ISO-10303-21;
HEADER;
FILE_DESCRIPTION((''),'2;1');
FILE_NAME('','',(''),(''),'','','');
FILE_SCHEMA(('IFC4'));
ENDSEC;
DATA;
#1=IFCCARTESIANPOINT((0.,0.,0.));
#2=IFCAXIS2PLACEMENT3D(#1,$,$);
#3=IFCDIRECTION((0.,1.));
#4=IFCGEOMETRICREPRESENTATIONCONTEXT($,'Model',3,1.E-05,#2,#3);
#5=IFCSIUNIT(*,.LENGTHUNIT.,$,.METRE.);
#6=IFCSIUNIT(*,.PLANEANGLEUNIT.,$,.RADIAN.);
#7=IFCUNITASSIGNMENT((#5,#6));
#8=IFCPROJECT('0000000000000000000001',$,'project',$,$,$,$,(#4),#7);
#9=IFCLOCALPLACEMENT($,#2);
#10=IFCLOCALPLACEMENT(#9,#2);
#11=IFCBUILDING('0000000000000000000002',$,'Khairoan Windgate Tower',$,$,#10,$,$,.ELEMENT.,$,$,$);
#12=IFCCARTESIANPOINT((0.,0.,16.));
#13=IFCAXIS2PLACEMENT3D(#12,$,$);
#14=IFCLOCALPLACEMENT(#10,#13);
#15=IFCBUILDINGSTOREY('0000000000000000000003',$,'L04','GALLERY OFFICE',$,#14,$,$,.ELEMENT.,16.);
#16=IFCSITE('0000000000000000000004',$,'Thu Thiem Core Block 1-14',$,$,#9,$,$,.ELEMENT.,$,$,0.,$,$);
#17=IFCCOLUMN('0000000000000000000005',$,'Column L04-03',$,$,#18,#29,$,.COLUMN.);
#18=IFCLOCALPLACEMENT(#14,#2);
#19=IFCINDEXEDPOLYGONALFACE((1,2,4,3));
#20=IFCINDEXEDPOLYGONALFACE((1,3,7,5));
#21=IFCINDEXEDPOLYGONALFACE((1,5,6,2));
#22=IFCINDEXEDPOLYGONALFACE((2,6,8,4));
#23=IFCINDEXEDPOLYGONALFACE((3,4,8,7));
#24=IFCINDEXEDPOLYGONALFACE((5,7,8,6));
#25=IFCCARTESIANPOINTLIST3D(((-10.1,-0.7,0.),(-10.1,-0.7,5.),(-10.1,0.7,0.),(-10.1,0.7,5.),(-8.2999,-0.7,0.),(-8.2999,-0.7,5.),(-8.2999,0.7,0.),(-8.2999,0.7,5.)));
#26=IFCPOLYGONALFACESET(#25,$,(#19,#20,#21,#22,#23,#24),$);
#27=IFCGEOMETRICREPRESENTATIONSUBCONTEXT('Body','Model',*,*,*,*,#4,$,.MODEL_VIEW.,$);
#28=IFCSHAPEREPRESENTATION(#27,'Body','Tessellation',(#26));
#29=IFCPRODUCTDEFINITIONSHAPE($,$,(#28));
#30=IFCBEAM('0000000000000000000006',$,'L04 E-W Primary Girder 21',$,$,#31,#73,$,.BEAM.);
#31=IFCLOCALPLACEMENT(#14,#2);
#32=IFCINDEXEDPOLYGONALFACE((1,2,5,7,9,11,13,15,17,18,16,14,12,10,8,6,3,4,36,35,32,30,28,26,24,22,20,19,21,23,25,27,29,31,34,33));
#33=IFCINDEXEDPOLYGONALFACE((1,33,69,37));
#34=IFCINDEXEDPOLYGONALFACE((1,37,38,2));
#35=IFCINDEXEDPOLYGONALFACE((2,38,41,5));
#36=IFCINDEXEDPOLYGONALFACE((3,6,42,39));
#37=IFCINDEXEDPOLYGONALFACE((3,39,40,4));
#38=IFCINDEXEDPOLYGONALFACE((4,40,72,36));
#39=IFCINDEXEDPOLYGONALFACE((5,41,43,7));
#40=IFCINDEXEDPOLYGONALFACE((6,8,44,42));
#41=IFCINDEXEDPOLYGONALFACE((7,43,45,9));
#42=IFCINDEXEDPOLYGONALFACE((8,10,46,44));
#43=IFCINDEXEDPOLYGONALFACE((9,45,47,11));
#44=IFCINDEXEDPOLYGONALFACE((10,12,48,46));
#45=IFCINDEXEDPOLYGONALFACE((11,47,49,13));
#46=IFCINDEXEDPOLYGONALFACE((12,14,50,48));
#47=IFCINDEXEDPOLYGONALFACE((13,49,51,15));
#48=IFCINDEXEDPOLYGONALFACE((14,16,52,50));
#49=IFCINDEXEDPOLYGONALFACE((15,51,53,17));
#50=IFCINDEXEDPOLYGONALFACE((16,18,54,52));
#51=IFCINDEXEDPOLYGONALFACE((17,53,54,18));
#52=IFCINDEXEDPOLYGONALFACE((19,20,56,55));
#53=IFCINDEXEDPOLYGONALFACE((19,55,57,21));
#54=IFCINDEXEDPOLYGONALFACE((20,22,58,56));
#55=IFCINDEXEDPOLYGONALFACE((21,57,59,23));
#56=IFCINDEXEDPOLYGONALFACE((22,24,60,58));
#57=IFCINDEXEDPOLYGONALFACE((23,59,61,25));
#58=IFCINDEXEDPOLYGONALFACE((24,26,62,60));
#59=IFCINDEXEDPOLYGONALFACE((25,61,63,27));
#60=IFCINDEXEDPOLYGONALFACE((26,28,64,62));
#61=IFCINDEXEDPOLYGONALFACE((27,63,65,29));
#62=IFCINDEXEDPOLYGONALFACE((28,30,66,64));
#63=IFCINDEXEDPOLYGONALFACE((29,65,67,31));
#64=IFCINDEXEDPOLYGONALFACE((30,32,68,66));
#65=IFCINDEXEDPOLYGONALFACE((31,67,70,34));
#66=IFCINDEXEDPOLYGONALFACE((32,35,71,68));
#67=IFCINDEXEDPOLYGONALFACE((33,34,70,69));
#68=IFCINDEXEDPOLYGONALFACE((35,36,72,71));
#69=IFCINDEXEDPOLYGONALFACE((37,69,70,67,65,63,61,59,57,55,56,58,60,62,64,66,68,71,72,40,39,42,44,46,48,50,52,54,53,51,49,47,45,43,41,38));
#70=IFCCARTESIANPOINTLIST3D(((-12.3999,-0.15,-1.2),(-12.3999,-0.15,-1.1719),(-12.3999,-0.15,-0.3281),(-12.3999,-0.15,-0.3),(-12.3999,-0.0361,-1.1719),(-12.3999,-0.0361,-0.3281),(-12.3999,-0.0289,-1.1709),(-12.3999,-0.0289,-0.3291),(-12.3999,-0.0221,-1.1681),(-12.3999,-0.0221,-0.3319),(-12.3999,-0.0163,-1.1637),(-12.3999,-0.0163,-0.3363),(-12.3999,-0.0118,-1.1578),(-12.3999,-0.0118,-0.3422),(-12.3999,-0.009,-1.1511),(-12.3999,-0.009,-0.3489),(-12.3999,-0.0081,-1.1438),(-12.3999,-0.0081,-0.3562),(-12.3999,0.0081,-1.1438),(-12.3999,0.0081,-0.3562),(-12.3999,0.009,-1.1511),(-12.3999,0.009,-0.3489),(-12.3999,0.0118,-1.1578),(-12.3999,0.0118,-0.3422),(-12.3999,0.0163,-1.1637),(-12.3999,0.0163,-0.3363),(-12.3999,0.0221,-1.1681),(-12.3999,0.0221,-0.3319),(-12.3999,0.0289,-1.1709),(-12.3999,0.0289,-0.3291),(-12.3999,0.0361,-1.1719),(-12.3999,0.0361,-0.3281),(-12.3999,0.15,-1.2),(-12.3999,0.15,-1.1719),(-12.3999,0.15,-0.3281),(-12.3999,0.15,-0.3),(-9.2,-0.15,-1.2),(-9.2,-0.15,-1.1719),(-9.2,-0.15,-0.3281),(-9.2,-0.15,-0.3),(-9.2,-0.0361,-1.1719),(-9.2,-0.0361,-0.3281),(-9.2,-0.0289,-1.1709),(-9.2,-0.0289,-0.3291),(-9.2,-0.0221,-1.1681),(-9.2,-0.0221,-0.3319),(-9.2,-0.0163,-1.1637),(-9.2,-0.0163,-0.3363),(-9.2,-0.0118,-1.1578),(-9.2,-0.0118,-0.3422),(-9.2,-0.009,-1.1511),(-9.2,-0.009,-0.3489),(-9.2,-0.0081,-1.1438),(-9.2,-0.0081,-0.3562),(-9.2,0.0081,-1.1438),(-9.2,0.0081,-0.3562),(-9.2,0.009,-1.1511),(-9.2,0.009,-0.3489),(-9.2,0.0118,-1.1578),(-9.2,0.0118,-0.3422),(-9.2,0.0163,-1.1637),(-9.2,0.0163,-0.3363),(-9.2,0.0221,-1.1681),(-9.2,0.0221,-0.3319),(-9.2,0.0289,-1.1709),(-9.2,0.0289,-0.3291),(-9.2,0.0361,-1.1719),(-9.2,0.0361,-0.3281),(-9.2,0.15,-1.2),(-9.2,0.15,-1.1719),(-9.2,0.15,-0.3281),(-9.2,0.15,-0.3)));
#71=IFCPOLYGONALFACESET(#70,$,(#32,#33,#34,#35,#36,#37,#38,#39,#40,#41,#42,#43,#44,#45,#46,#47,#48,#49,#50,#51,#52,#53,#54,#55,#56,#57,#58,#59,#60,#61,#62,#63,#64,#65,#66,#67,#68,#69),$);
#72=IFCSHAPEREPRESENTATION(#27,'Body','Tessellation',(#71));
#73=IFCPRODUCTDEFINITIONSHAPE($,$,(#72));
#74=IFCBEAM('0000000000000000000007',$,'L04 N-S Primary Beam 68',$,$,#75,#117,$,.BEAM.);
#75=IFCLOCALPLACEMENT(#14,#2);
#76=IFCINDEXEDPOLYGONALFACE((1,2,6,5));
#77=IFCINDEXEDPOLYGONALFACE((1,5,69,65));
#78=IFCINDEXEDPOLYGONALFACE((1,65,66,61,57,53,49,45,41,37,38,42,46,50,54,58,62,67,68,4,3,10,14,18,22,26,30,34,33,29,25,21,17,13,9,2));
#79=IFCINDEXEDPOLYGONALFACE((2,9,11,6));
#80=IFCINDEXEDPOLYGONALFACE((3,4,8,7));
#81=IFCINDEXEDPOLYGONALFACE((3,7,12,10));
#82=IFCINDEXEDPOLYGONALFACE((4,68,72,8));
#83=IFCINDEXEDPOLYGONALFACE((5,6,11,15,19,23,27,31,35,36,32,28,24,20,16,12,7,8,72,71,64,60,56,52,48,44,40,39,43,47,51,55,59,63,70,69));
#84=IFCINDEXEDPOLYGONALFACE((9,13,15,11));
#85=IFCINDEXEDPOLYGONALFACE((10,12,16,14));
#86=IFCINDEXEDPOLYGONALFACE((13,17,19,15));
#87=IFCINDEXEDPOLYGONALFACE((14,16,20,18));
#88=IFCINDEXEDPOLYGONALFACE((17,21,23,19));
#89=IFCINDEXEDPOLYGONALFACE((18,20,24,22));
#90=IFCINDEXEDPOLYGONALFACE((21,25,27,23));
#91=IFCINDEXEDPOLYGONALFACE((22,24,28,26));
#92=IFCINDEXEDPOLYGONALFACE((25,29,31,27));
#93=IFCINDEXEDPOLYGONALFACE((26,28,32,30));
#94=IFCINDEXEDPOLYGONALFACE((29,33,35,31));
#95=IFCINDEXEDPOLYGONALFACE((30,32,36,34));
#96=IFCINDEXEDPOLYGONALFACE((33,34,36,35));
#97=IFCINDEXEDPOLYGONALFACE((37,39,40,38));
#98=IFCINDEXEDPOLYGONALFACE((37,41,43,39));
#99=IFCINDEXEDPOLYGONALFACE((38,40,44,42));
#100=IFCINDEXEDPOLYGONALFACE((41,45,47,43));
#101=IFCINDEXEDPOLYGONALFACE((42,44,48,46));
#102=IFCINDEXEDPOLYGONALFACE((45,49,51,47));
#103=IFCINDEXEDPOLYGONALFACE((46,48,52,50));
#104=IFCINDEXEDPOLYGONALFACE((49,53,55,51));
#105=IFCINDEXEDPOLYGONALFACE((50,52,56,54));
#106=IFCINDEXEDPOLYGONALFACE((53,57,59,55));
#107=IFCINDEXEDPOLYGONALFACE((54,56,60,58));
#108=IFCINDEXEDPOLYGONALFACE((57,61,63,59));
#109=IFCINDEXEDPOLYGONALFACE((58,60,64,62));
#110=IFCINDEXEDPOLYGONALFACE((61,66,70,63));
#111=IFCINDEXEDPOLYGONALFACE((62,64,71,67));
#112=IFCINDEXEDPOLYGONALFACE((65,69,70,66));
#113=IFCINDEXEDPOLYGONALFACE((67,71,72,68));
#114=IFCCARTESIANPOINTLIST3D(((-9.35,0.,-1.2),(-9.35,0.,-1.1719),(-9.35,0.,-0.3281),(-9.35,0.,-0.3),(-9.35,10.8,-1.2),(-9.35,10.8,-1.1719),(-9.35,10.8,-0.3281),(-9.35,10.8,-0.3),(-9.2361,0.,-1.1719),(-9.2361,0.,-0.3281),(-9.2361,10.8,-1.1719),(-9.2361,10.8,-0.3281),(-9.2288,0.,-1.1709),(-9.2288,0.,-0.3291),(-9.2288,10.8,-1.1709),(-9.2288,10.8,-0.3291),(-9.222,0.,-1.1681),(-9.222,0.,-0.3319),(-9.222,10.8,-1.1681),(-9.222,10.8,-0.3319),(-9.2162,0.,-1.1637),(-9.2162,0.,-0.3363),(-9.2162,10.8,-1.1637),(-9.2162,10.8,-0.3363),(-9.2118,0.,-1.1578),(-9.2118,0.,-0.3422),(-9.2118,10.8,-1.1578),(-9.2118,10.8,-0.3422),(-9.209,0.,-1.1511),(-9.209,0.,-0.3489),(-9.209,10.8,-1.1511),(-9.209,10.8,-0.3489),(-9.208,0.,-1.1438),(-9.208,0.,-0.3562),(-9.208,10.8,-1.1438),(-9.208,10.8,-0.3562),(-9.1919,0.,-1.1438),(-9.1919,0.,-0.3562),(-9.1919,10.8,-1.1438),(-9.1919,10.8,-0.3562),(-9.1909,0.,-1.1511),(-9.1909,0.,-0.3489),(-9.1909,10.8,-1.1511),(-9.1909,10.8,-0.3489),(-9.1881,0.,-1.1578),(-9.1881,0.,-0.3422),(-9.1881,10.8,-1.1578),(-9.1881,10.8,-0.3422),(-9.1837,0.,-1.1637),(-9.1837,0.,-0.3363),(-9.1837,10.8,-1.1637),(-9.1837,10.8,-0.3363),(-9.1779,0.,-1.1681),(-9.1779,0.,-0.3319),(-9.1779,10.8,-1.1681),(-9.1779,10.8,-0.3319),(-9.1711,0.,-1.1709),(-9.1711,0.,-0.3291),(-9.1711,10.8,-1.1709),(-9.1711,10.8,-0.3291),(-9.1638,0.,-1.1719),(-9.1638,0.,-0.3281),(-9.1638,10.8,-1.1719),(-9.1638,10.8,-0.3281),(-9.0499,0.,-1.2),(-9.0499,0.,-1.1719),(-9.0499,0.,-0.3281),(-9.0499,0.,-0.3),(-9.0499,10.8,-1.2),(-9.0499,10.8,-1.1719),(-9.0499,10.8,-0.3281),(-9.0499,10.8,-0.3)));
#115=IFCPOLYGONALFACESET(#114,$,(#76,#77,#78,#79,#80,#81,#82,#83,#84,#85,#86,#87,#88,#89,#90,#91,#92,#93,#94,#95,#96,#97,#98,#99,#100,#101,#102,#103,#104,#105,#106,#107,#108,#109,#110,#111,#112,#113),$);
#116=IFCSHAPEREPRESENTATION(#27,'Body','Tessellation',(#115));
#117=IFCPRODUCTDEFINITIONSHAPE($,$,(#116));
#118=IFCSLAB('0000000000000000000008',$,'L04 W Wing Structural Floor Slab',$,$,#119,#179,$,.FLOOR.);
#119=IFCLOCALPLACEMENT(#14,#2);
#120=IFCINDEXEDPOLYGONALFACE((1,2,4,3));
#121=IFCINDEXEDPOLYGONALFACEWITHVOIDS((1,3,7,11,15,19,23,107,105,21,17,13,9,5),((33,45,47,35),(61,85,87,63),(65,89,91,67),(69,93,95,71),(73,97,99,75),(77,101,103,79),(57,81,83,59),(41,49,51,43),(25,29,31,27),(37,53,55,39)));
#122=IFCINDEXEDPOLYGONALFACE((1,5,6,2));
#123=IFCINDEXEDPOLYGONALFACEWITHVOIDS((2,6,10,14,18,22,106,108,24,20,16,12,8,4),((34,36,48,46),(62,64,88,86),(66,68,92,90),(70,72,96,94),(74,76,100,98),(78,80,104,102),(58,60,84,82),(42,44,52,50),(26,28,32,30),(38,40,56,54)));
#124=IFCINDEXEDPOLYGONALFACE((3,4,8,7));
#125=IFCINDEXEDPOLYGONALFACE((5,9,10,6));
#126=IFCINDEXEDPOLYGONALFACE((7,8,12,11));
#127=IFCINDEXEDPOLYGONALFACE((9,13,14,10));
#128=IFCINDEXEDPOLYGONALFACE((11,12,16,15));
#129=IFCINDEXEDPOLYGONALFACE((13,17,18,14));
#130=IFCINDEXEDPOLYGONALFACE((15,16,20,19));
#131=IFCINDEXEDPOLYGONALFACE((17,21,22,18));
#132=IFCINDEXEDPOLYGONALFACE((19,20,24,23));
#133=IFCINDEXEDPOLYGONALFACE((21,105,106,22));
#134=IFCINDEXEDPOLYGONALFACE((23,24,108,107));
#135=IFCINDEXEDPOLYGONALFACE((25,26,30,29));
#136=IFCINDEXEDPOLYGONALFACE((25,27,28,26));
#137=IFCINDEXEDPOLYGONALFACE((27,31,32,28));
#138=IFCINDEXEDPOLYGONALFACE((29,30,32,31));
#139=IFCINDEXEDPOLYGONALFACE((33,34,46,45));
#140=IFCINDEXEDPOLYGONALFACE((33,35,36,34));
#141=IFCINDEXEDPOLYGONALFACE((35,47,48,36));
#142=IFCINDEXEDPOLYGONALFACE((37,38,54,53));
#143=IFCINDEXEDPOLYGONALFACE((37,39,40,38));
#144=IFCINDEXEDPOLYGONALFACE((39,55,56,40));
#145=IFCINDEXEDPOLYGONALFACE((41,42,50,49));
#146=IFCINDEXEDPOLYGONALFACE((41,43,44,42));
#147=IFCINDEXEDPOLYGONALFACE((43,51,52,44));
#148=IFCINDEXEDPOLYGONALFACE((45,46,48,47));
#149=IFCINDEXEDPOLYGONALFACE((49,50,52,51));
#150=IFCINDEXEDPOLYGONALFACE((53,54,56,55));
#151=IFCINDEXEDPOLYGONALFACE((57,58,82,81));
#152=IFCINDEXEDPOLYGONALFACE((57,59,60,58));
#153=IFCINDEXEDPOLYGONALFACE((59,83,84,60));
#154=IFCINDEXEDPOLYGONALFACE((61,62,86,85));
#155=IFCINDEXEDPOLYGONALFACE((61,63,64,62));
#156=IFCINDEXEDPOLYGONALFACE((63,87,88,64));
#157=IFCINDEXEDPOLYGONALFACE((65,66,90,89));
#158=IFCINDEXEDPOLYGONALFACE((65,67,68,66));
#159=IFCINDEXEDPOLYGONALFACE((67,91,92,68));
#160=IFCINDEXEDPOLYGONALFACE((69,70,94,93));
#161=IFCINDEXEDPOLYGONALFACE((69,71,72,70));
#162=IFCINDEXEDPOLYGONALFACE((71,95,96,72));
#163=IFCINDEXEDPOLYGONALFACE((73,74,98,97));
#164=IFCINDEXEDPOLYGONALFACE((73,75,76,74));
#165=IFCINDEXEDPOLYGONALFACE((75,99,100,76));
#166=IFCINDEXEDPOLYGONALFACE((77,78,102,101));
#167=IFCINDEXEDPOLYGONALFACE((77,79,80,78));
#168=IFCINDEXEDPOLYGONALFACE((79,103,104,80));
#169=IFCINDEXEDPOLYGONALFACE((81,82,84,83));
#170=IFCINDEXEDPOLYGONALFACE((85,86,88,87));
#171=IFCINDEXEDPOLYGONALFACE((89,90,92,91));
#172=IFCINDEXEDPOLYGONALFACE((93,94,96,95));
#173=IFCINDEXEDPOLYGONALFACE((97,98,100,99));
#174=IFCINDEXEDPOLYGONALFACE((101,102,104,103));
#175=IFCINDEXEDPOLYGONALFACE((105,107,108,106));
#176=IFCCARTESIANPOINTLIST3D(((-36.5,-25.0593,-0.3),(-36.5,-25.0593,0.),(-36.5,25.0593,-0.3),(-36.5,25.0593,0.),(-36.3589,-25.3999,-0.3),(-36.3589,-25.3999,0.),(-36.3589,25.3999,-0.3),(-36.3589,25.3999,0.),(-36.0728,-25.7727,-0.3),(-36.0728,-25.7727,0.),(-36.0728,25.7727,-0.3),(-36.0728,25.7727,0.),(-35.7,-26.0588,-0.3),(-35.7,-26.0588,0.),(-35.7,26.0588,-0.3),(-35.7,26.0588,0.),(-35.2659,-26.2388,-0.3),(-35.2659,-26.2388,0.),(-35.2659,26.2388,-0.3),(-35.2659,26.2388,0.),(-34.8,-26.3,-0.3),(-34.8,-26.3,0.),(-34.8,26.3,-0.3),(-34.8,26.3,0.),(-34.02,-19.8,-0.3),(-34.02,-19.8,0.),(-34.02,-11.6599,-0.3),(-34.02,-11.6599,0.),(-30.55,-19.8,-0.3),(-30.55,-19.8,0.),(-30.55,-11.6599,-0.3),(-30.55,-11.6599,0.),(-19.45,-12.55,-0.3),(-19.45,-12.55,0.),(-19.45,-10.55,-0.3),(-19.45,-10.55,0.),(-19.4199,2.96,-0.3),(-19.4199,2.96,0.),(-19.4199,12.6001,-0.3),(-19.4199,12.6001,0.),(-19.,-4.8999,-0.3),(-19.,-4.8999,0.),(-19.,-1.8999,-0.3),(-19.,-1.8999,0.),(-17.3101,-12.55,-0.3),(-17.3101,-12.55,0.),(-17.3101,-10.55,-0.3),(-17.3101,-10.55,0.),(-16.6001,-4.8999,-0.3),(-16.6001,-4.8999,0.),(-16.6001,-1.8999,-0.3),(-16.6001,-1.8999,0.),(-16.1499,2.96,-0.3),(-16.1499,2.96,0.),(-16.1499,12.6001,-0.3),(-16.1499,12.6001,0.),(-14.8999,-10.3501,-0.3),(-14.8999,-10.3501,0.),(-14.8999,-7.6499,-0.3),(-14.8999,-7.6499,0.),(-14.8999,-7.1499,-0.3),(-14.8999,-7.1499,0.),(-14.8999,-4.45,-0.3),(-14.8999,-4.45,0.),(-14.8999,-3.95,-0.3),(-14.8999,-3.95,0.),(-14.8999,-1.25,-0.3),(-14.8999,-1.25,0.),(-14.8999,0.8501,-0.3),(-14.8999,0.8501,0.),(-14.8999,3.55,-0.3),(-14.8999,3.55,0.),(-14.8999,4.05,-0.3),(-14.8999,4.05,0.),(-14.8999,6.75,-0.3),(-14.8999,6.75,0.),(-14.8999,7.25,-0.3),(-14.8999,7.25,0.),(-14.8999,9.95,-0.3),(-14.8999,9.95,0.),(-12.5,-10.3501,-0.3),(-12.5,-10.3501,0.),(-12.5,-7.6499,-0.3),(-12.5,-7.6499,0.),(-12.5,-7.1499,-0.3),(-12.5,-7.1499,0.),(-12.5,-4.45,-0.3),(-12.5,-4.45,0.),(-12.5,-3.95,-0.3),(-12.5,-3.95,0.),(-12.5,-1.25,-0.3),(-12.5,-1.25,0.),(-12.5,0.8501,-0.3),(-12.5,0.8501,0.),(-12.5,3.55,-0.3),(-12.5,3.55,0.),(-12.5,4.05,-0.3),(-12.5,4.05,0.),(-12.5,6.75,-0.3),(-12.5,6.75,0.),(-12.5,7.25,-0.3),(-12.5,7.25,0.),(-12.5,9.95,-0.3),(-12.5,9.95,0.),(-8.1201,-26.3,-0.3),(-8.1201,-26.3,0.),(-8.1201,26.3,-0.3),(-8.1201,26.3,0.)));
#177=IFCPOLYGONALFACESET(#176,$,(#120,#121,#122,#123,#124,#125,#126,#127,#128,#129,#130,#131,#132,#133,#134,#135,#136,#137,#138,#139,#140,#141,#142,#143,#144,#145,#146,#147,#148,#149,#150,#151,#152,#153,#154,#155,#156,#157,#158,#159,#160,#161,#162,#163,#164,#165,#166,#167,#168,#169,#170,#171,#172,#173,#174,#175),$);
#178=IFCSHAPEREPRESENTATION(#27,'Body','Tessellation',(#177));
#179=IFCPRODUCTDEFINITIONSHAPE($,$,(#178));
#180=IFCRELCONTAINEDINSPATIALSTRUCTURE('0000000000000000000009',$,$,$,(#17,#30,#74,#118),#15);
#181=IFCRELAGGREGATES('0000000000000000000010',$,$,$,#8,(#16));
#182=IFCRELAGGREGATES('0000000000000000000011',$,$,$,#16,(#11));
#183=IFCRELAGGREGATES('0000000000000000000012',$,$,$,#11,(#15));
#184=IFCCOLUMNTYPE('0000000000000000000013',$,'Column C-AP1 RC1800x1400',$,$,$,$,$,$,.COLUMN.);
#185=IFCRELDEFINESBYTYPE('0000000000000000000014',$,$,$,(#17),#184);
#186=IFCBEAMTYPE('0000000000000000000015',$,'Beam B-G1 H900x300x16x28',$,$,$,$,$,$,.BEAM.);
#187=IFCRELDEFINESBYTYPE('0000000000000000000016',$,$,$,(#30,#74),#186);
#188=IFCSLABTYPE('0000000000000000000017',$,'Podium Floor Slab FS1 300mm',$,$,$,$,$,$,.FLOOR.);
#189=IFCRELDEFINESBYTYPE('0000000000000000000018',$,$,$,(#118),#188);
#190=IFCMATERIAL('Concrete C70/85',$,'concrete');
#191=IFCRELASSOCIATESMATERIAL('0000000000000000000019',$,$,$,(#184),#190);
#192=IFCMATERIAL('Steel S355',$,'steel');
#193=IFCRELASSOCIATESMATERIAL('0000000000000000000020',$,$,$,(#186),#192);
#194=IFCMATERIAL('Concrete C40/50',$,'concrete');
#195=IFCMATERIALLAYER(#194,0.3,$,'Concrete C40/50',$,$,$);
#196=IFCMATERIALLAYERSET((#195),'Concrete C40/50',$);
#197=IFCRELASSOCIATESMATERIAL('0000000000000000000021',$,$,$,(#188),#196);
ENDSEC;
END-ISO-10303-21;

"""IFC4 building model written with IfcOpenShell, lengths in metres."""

from ifc_helpers import new_model, si_unit, direction, frame, origin, origin_2d, place, context, subcontext, project, spatial, polyline, rectangle, i_section, outline, extrude, material, layer, layer_set, material_profile, profile_set, type_object, element, save


model = new_model("IFC4")

# Units and contexts
model_context = context("Model", 3, precision=1e-05, world=origin(), true_north=direction((0.0, 1.0)))
body_context = subcontext(model_context, "Body", "Model", "MODEL_VIEW")
ifc_project = project(units=[si_unit("LENGTHUNIT", "METRE"), si_unit("PLANEANGLEUNIT", "RADIAN")], contexts=[model_context])

# Site, building, storey
site_placement = place(None, origin())
site = spatial("IfcSite", under=ifc_project, at=site_placement, Name="Thu Thiem Core Block 1-14", CompositionType="ELEMENT", RefElevation=0.0)
building_placement = place(site_placement, origin())
building = spatial("IfcBuilding", under=site, at=building_placement, Name="Khairoan Windgate Tower", CompositionType="ELEMENT")
storey_placement = place(building_placement, frame((0.0, 0.0, 16.0)))
storey = spatial("IfcBuildingStorey", under=building, at=storey_placement, Name="L04", Description="GALLERY OFFICE", CompositionType="ELEMENT", Elevation=16.0)

# Column
ifc_material_1 = material(Name="Concrete C70/85", Category="concrete")
ifc_material_profile_1 = material_profile(ifc_material_1, rectangle(XDim=1.8, YDim=1.3999, at=origin_2d()))
ifc_profile_set_1 = profile_set([ifc_material_profile_1], Name="Concrete C70/85")
column_type = type_object("IfcColumnType", Name="Column C-AP1 RC1800x1400", PredefinedType="COLUMN", material=ifc_profile_set_1)
column_placement = place(storey_placement, frame((-9.2, 0.0, 0.0), z_axis=(0.0, 0.0, 1.0), x_axis=(1.0, 0.0, 0.0)))
element("IfcColumn", 1, at=column_placement, inside=storey, type_object=column_type, Name="Column L04-03", PredefinedType="COLUMN", context=body_context, shape_type="SweptSolid", body=[
    extrude(rectangle(XDim=1.8, YDim=1.3999, at=origin_2d()), origin(), (0.0, 0.0, 1.0), 5.0),
])

# Beams
ifc_material_2 = material(Name="Steel S355", Category="steel")
ifc_material_profile_2 = material_profile(ifc_material_2, i_section(OverallWidth=0.3, OverallDepth=0.8999, WebThickness=0.0161, FlangeThickness=0.0281, FilletRadius=0.0281, at=origin_2d()))
ifc_profile_set_2 = profile_set([ifc_material_profile_2], Name="Steel S355")
beam_type = type_object("IfcBeamType", Name="Beam B-G1 H900x300x16x28", PredefinedType="BEAM", material=ifc_profile_set_2)
beam_1_placement = place(storey_placement, frame((-12.3999, 0.0, -0.75), z_axis=(1.0, 0.0, 0.0), x_axis=(0.0, 1.0, 0.0)))
element("IfcBeam", 2, at=beam_1_placement, inside=storey, type_object=beam_type, Name="L04 E-W Primary Girder 21", PredefinedType="BEAM", context=body_context, shape_type="SweptSolid", body=[
    extrude(i_section(OverallWidth=0.3, OverallDepth=0.8999, WebThickness=0.0161, FlangeThickness=0.0281, FilletRadius=0.0281, at=origin_2d()), origin(), (0.0, 0.0, 1.0), 3.2),
])
beam_2_placement = place(storey_placement, frame((-9.2, 0.0, -0.75), z_axis=(0.0, 1.0, 0.0), x_axis=(-1.0, 0.0, 0.0)))
element("IfcBeam", 3, at=beam_2_placement, inside=storey, type_object=beam_type, Name="L04 N-S Primary Beam 68", PredefinedType="BEAM", context=body_context, shape_type="SweptSolid", body=[
    extrude(i_section(OverallWidth=0.3, OverallDepth=0.8999, WebThickness=0.0161, FlangeThickness=0.0281, FilletRadius=0.0281, at=origin_2d()), origin(), (0.0, 0.0, 1.0), 10.8),
])

# Slab
ifc_material_3 = material(Name="Concrete C40/50", Category="concrete")
ifc_layer_1 = layer(ifc_material_3, 0.3, Name="Concrete C40/50")
ifc_layer_set_1 = layer_set([ifc_layer_1], Name="Concrete C40/50")
slab_type_1 = type_object("IfcSlabType", Name="Podium Floor Slab FS1 300mm", PredefinedType="FLOOR", material=ifc_layer_set_1)
slab_1_placement = place(storey_placement, frame((0.0, 0.0, -0.3)))
element("IfcSlab", 4, at=slab_1_placement, inside=storey, type_object=slab_type_1, Name="L04 W Wing Structural Floor Slab", PredefinedType="FLOOR", context=body_context, shape_type="SweptSolid", body=[
    extrude(outline(polyline([(-36.3589, 25.3999), (-36.0728, 25.7727), (-35.7, 26.0588), (-35.2659, 26.2388), (-34.8, 26.3), (-8.1201, 26.3), (-8.1201, -26.3), (-34.8, -26.3), (-35.2659, -26.2388), (-35.7, -26.0588), (-36.0728, -25.7727), (-36.3589, -25.3999), (-36.5, -25.0593), (-36.5, 25.0593), (-36.3589, 25.3999)]), holes=[polyline([(-16.1499, 2.96), (-16.1499, 12.6001), (-19.4199, 12.6001), (-19.4199, 2.96), (-16.1499, 2.96)]), polyline([(-34.02, -11.6599), (-34.02, -19.8), (-30.55, -19.8), (-30.55, -11.6599), (-34.02, -11.6599)]), polyline([(-14.8999, 7.25), (-12.5, 7.25), (-12.5, 9.95), (-14.8999, 9.95), (-14.8999, 7.25)]), polyline([(-14.8999, 4.05), (-12.5, 4.05), (-12.5, 6.75), (-14.8999, 6.75), (-14.8999, 4.05)]), polyline([(-14.8999, 0.8501), (-12.5, 0.8501), (-12.5, 3.55), (-14.8999, 3.55), (-14.8999, 0.8501)]), polyline([(-14.8999, -3.95), (-12.5, -3.95), (-12.5, -1.25), (-14.8999, -1.25), (-14.8999, -3.95)]), polyline([(-14.8999, -7.1499), (-12.5, -7.1499), (-12.5, -4.45), (-14.8999, -4.45), (-14.8999, -7.1499)]), polyline([(-14.8999, -10.3501), (-12.5, -10.3501), (-12.5, -7.6499), (-14.8999, -7.6499), (-14.8999, -10.3501)]), polyline([(-19.0, -4.8999), (-16.6001, -4.8999), (-16.6001, -1.8999), (-19.0, -1.8999), (-19.0, -4.8999)]), polyline([(-19.45, -12.55), (-17.3101, -12.55), (-17.3101, -10.55), (-19.45, -10.55), (-19.45, -12.55)])]), origin(), (0.0, 0.0, 1.0), 0.3),
])

save(model, "model.ifc")
